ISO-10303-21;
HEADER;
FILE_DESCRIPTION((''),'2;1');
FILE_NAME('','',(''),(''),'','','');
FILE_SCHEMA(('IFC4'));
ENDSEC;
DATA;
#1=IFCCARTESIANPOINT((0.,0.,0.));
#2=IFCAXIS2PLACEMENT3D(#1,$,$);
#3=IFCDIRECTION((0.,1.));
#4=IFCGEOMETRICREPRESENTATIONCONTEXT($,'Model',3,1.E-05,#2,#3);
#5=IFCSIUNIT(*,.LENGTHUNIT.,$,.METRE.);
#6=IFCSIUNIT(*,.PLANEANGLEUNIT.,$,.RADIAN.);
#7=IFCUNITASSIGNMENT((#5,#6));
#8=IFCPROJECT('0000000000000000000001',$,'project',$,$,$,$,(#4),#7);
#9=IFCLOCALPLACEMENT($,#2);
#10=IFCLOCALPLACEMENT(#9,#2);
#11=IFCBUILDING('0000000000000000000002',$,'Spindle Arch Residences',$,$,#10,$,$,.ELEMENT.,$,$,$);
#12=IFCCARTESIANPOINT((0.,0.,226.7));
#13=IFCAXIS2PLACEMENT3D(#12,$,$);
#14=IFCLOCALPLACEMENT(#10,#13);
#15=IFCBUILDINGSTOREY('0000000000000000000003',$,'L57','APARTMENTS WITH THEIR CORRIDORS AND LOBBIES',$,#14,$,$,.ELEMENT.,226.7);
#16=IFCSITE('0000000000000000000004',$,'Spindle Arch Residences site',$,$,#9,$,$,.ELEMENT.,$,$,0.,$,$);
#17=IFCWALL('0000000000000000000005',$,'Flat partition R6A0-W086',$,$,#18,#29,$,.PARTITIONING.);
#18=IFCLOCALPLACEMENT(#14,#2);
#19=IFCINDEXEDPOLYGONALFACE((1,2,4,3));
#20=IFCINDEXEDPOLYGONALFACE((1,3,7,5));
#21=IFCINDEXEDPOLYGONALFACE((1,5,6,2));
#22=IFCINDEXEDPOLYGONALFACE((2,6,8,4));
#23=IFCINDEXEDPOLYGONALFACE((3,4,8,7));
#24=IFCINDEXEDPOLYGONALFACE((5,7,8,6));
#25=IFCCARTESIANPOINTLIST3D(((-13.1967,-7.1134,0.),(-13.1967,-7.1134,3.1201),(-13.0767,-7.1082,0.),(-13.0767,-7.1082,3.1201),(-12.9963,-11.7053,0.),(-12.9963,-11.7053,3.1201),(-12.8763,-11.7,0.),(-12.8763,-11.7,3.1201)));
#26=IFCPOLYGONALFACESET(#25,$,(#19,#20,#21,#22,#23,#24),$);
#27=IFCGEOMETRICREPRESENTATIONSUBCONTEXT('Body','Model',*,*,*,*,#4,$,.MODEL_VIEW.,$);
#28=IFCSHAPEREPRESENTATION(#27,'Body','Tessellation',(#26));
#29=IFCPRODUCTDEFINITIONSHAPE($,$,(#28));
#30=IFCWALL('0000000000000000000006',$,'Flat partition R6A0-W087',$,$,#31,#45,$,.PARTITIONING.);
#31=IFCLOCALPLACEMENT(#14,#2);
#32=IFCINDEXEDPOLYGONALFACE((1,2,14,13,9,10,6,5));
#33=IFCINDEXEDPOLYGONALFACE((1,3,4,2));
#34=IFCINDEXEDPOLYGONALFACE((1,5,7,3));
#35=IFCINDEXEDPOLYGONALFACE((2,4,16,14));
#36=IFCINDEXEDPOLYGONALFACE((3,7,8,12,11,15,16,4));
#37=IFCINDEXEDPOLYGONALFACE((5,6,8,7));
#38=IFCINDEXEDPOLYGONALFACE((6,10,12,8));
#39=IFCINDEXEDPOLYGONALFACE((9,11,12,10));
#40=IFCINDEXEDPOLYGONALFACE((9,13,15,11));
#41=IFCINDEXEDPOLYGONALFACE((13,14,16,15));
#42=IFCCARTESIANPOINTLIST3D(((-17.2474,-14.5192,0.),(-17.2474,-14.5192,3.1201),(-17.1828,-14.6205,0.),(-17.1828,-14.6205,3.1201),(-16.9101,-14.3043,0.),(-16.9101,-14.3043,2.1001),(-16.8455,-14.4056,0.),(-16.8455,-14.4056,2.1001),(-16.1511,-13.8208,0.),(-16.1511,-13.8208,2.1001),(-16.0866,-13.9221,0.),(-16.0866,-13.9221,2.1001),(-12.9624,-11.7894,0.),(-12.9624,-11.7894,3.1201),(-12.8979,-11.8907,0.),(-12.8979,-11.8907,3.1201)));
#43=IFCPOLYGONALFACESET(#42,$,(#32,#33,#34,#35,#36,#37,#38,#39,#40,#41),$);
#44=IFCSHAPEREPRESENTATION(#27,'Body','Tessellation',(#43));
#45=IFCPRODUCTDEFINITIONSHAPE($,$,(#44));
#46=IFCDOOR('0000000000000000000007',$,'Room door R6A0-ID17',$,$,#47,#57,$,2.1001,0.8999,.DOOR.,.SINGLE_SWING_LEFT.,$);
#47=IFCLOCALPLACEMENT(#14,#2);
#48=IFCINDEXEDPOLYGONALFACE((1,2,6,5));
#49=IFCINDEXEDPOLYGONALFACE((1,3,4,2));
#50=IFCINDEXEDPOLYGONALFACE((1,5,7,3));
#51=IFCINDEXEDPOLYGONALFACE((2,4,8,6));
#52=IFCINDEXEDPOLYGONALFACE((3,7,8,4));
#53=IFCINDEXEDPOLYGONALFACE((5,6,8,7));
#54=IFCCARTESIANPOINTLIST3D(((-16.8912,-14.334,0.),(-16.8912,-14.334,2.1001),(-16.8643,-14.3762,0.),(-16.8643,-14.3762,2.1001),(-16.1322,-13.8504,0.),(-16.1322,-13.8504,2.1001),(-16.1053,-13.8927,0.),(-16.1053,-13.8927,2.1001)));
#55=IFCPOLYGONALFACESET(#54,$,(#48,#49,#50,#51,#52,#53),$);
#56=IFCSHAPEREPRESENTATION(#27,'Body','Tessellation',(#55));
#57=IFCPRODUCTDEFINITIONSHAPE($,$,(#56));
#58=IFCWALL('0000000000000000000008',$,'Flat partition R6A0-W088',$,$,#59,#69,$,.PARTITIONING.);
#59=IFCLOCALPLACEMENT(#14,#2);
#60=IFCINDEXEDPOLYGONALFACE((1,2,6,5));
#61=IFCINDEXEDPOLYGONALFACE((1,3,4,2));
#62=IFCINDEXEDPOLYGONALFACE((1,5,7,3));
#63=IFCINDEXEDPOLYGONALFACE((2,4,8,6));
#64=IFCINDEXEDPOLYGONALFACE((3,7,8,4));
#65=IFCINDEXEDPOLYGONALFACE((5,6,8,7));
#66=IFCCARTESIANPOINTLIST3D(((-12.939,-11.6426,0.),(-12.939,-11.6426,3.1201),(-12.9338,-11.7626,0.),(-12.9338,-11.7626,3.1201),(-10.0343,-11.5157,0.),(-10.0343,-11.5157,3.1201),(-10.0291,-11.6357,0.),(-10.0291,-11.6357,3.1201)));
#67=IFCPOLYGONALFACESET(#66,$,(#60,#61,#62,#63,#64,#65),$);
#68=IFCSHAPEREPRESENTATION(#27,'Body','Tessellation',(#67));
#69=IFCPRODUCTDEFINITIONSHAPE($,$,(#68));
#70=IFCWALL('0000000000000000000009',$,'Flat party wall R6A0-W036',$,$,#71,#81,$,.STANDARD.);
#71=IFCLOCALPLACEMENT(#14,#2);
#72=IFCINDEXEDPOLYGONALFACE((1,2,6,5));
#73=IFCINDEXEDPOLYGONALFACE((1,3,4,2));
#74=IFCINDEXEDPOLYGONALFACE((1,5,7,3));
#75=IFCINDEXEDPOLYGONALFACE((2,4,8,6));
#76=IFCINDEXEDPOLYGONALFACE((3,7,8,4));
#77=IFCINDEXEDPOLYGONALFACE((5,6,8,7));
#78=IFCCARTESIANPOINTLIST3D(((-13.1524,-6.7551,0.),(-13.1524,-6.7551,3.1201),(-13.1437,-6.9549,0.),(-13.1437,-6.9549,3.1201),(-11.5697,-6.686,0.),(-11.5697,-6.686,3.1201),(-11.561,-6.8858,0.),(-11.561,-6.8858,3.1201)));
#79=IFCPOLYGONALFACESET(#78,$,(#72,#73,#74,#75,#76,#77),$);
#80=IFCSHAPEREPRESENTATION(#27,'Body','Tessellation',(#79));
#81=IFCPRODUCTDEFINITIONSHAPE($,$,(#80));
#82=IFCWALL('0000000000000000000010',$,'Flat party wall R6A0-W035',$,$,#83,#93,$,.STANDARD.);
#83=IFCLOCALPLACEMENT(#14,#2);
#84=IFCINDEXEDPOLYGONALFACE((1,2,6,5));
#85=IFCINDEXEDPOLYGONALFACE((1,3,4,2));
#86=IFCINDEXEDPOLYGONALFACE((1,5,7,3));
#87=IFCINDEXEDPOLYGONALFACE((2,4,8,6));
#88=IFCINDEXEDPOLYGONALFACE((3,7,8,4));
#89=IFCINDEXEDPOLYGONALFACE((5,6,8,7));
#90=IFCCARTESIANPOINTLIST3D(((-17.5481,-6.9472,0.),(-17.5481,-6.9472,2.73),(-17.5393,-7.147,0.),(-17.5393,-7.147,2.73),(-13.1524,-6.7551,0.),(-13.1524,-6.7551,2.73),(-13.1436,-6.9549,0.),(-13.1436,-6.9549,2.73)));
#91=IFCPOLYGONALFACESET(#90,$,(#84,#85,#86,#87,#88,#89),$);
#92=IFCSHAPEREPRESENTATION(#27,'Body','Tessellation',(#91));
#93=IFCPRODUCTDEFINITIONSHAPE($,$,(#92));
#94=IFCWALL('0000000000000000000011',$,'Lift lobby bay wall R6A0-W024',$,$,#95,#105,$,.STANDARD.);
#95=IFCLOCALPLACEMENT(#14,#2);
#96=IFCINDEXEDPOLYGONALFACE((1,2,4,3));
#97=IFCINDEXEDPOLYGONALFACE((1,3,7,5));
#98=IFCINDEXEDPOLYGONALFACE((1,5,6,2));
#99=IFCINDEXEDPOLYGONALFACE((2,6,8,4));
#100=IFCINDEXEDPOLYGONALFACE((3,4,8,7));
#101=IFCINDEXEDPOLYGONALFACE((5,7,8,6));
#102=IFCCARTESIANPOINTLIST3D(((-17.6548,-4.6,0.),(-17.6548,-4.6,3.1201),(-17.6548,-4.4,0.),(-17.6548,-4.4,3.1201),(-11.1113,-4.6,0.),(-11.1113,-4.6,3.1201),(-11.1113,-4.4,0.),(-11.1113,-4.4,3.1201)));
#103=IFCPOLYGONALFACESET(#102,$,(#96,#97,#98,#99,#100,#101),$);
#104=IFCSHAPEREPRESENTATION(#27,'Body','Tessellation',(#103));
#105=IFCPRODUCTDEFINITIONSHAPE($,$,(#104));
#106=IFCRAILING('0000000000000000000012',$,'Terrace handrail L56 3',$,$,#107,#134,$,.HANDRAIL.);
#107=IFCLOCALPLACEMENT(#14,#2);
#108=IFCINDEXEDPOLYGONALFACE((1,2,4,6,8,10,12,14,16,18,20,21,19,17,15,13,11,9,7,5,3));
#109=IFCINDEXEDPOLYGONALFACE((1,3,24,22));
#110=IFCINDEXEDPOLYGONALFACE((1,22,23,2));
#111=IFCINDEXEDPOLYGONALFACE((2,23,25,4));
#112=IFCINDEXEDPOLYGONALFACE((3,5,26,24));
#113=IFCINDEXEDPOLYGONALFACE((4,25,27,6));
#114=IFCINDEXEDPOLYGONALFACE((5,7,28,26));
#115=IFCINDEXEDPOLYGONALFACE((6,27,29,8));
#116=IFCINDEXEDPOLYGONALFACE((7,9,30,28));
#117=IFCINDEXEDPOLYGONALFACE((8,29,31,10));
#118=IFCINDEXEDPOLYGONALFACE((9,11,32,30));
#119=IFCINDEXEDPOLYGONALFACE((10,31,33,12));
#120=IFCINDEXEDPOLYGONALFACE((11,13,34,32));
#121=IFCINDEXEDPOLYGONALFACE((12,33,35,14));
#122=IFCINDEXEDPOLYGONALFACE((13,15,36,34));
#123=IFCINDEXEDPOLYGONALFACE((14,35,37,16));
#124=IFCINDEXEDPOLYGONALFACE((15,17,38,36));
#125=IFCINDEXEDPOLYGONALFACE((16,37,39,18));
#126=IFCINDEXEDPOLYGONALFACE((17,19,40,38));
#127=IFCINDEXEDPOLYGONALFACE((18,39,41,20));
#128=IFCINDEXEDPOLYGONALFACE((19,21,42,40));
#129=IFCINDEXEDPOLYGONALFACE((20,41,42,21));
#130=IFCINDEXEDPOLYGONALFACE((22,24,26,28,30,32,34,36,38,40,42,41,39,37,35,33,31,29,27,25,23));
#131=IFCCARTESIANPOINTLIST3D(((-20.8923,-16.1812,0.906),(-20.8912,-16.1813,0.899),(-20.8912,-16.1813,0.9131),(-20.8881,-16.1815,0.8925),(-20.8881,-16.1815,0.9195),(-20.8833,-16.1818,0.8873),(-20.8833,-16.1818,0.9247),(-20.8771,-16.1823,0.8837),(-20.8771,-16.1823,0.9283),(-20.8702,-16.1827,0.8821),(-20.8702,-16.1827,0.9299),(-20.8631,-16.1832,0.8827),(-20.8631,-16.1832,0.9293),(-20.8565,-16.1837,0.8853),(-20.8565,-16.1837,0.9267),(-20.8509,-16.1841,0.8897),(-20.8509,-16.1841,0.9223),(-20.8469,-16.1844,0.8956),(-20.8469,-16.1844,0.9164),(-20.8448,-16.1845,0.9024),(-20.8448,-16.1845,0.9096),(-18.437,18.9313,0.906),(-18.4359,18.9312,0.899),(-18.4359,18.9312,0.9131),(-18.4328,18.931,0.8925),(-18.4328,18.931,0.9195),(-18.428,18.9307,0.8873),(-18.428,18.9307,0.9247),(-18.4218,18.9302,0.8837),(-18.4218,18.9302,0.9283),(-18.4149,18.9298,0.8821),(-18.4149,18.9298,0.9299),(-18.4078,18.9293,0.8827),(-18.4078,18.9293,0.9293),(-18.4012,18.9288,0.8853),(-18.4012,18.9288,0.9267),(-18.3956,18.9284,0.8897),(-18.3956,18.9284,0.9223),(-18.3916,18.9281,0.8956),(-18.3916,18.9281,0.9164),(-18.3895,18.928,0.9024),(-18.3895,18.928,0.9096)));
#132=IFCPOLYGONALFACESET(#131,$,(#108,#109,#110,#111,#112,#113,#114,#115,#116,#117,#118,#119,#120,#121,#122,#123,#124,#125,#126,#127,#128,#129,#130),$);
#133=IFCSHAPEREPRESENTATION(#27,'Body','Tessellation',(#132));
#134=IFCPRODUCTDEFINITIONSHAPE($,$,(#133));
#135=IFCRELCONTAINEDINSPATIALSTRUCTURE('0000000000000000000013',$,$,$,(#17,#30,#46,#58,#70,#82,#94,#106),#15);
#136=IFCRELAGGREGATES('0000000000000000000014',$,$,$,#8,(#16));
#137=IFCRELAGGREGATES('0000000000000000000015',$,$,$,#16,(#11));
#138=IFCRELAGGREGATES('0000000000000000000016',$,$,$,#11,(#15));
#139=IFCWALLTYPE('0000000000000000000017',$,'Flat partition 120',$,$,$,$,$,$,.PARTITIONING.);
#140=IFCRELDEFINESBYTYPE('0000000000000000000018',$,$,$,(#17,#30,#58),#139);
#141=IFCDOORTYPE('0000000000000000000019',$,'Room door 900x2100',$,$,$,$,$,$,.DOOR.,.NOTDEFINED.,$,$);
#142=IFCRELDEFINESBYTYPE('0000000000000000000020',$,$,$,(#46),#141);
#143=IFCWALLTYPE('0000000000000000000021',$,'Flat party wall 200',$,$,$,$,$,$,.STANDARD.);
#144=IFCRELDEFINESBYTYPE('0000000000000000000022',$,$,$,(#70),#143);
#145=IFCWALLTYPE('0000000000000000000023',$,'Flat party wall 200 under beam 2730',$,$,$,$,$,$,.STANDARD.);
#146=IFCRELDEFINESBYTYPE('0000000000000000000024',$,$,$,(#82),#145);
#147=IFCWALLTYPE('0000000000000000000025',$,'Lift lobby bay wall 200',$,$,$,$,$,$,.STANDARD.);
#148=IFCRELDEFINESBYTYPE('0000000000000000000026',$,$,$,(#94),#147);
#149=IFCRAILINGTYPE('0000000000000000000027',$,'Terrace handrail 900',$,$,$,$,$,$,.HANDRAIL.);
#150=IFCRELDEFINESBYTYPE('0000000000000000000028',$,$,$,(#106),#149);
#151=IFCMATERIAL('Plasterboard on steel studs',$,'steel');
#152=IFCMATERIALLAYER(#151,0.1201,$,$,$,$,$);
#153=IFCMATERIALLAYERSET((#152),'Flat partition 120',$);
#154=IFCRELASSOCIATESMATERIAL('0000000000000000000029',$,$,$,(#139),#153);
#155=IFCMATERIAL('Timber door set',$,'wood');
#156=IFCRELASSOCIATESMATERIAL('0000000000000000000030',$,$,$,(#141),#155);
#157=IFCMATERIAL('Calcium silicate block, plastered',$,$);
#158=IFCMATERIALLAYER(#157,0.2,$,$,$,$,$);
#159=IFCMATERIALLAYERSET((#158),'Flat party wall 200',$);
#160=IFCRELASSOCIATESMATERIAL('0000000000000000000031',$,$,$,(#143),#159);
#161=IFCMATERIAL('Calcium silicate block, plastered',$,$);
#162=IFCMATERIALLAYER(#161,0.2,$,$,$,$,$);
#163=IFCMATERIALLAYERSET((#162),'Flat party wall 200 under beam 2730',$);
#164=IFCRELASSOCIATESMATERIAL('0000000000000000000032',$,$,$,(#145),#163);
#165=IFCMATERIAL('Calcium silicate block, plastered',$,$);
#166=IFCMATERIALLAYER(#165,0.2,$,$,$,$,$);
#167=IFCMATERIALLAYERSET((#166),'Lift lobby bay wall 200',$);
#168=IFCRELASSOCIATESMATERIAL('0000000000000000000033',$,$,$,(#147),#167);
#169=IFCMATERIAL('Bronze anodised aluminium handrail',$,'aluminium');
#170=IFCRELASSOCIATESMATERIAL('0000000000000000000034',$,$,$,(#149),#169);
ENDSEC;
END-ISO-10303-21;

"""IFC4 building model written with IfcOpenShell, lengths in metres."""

from ifc_helpers import new_model, si_unit, direction, frame, frame_2d, origin, origin_2d, place, context, subcontext, project, spatial, rectangle, circle, extrude, material, layer, layer_set, type_object, element, fill, save


model = new_model("IFC4")

# Units and contexts
model_context = context("Model", 3, precision=1e-05, world=origin(), true_north=direction((0.0, 1.0)))
body_context = subcontext(model_context, "Body", "Model", "MODEL_VIEW")
ifc_project = project(units=[si_unit("LENGTHUNIT", "METRE"), si_unit("PLANEANGLEUNIT", "RADIAN")], contexts=[model_context])

# Site, building, storey
site_placement = place(None, origin())
site = spatial("IfcSite", under=ifc_project, at=site_placement, Name="Spindle Arch Residences site", CompositionType="ELEMENT", RefElevation=0.0)
building_placement = place(site_placement, origin())
building = spatial("IfcBuilding", under=site, at=building_placement, Name="Spindle Arch Residences", CompositionType="ELEMENT")
storey_placement = place(building_placement, frame((0.0, 0.0, 226.7)))
storey = spatial("IfcBuildingStorey", under=building, at=storey_placement, Name="L57", Description="APARTMENTS WITH THEIR CORRIDORS AND LOBBIES", CompositionType="ELEMENT", Elevation=226.7)

# Shared definitions
ifc_material_1 = material(Name="Plasterboard on steel studs", Category="steel")
ifc_layer_1 = layer(ifc_material_1, 0.1201)
ifc_layer_set_1 = layer_set([ifc_layer_1], Name="Flat partition 120")
wall_type_1 = type_object("IfcWallType", Name="Flat partition 120", PredefinedType="PARTITIONING", material=ifc_layer_set_1)

# Wall
wall_1_placement = place(storey_placement, frame((-12.9363, -11.7026, 0.0), z_axis=(0.0, 0.0, 1.0), x_axis=(-0.04361, 0.999049, 0.0)))
element("IfcWall", 1, at=wall_1_placement, inside=storey, type_object=wall_type_1, Name="Flat partition R6A0-W086", PredefinedType="PARTITIONING", context=body_context, shape_type="SweptSolid", body=[
    extrude(rectangle(XDim=4.5962, YDim=0.1201, at=frame_2d((2.2981, 0.0))), origin(), (0.0, 0.0, 1.0), 3.1201),
])

# Wall, opening, door
wall_2_placement = place(storey_placement, frame((-17.2151, -14.5698, 0.0), z_axis=(0.0, 0.0, 1.0), x_axis=(0.843396, 0.537292, 0.0)))
wall_2 = element("IfcWall", 2, at=wall_2_placement, inside=storey, type_object=wall_type_1, Name="Flat partition R6A0-W087", PredefinedType="PARTITIONING", context=body_context, shape_type="SweptSolid", body=[
    extrude(rectangle(XDim=5.0806, YDim=0.1201, at=frame_2d((2.5403, 0.0))), origin(), (0.0, 0.0, 1.0), 3.1201),
])
opening_1_placement = place(wall_2_placement, frame((0.3999, 0.0, 0.0)))
opening_1 = element("IfcOpeningElement", 3, at=opening_1_placement, cuts=wall_2, PredefinedType="OPENING", context=body_context, shape_type="SweptSolid", body=[
    extrude(rectangle(XDim=0.8999, YDim=2.1001, at=frame_2d((0.45, 1.05))), frame((0.0, 0.0701, 0.0), z_axis=(0.0, -1.0, 0.0), x_axis=(1.0, 0.0, 0.0)), (0.0, 0.0, 1.0), 0.1401),
])
ifc_material_2 = material(Name="Timber door set", Category="wood")
door_type_1 = type_object("IfcDoorType", Name="Room door 900x2100", OperationType="NOTDEFINED", PredefinedType="DOOR", material=ifc_material_2)
door_1_placement = place(opening_1_placement, origin())
door_1 = element("IfcDoor", 4, at=door_1_placement, inside=storey, type_object=door_type_1, Name="Room door R6A0-ID17", OperationType="SINGLE_SWING_LEFT", OverallHeight=2.1001, OverallWidth=0.8999, PredefinedType="DOOR", context=body_context, shape_type="SweptSolid", body=[
    extrude(rectangle(XDim=0.8999, YDim=2.1001, at=frame_2d((0.45, 1.05))), frame((0.0, 0.0249, 0.0), z_axis=(0.0, -1.0, 0.0), x_axis=(1.0, 0.0, 0.0)), (0.0, 0.0, 1.0), 0.05),
])
fill(opening_1, door_1)

# Walls
wall_3_placement = place(storey_placement, frame((-12.9363, -11.7026, 0.0), z_axis=(0.0, 0.0, 1.0), x_axis=(0.999046, 0.043663, 0.0)))
element("IfcWall", 5, at=wall_3_placement, inside=storey, type_object=wall_type_1, Name="Flat partition R6A0-W088", PredefinedType="PARTITIONING", context=body_context, shape_type="SweptSolid", body=[
    extrude(rectangle(XDim=2.9075, YDim=0.1201, at=frame_2d((1.4536, 0.0))), origin(), (0.0, 0.0, 1.0), 3.1201),
])
ifc_material_3 = material(Name="Calcium silicate block, plastered")
ifc_layer_2 = layer(ifc_material_3, 0.2)
ifc_layer_set_2 = layer_set([ifc_layer_2], Name="Flat party wall 200")
wall_type_2 = type_object("IfcWallType", Name="Flat party wall 200", PredefinedType="STANDARD", material=ifc_layer_set_2)
wall_4_placement = place(storey_placement, frame((-13.1479, -6.855, 0.0), z_axis=(0.0, 0.0, 1.0), x_axis=(0.999049, 0.043611, 0.0)))
element("IfcWall", 6, at=wall_4_placement, inside=storey, type_object=wall_type_2, Name="Flat party wall R6A0-W036", PredefinedType="STANDARD", context=body_context, shape_type="SweptSolid", body=[
    extrude(rectangle(XDim=1.5842, YDim=0.2, at=frame_2d((0.792, 0.0))), origin(), (0.0, 0.0, 1.0), 3.1201),
])
ifc_material_4 = material(Name="Calcium silicate block, plastered")
ifc_layer_3 = layer(ifc_material_4, 0.2)
ifc_layer_set_3 = layer_set([ifc_layer_3], Name="Flat party wall 200 under beam 2730")
wall_type_3 = type_object("IfcWallType", Name="Flat party wall 200 under beam 2730", PredefinedType="STANDARD", material=ifc_layer_set_3)
wall_5_placement = place(storey_placement, frame((-17.5437, -7.0471, 0.0), z_axis=(0.0, 0.0, 1.0), x_axis=(0.999046, 0.043668, 0.0)))
element("IfcWall", 7, at=wall_5_placement, inside=storey, type_object=wall_type_3, Name="Flat party wall R6A0-W035", PredefinedType="STANDARD", context=body_context, shape_type="SweptSolid", body=[
    extrude(rectangle(XDim=4.3999, YDim=0.2, at=frame_2d((2.2, 0.0))), origin(), (0.0, 0.0, 1.0), 2.73),
])

# Wall
ifc_material_5 = material(Name="Calcium silicate block, plastered")
ifc_layer_4 = layer(ifc_material_5, 0.2)
ifc_layer_set_4 = layer_set([ifc_layer_4], Name="Lift lobby bay wall 200")
wall_type_4 = type_object("IfcWallType", Name="Lift lobby bay wall 200", PredefinedType="STANDARD", material=ifc_layer_set_4)
wall_6_placement = place(storey_placement, frame((-17.6548, -4.5, 0.0), z_axis=(0.0, 0.0, 1.0), x_axis=(1.0, 0.0, 0.0)))
element("IfcWall", 8, at=wall_6_placement, inside=storey, type_object=wall_type_4, Name="Lift lobby bay wall R6A0-W024", PredefinedType="STANDARD", context=body_context, shape_type="SweptSolid", body=[
    extrude(rectangle(XDim=6.5435, YDim=0.2, at=frame_2d((3.2717, 0.0))), origin(), (0.0, 0.0, 1.0), 3.1201),
])

# Railing
ifc_material_6 = material(Name="Bronze anodised aluminium handrail", Category="aluminium")
railing_type_1 = type_object("IfcRailingType", Name="Terrace handrail 900", PredefinedType="HANDRAIL", material=ifc_material_6)
railing_1_placement = place(storey_placement, frame((-20.8684, -16.1829, 0.03)))
element("IfcRailing", 9, at=railing_1_placement, inside=storey, type_object=railing_type_1, Name="Terrace handrail L56 3", PredefinedType="HANDRAIL", context=body_context, shape_type="SweptSolid", body=[
    extrude(circle(Radius=0.0239, at=origin_2d()), frame((0.0, 0.0, 0.876), z_axis=(0.069757, 0.997564, 0.0), x_axis=(-0.997564, 0.069757, 0.0)), (0.0, 0.0, 1.0), 35.1982),
])

save(model, "model.ifc")
